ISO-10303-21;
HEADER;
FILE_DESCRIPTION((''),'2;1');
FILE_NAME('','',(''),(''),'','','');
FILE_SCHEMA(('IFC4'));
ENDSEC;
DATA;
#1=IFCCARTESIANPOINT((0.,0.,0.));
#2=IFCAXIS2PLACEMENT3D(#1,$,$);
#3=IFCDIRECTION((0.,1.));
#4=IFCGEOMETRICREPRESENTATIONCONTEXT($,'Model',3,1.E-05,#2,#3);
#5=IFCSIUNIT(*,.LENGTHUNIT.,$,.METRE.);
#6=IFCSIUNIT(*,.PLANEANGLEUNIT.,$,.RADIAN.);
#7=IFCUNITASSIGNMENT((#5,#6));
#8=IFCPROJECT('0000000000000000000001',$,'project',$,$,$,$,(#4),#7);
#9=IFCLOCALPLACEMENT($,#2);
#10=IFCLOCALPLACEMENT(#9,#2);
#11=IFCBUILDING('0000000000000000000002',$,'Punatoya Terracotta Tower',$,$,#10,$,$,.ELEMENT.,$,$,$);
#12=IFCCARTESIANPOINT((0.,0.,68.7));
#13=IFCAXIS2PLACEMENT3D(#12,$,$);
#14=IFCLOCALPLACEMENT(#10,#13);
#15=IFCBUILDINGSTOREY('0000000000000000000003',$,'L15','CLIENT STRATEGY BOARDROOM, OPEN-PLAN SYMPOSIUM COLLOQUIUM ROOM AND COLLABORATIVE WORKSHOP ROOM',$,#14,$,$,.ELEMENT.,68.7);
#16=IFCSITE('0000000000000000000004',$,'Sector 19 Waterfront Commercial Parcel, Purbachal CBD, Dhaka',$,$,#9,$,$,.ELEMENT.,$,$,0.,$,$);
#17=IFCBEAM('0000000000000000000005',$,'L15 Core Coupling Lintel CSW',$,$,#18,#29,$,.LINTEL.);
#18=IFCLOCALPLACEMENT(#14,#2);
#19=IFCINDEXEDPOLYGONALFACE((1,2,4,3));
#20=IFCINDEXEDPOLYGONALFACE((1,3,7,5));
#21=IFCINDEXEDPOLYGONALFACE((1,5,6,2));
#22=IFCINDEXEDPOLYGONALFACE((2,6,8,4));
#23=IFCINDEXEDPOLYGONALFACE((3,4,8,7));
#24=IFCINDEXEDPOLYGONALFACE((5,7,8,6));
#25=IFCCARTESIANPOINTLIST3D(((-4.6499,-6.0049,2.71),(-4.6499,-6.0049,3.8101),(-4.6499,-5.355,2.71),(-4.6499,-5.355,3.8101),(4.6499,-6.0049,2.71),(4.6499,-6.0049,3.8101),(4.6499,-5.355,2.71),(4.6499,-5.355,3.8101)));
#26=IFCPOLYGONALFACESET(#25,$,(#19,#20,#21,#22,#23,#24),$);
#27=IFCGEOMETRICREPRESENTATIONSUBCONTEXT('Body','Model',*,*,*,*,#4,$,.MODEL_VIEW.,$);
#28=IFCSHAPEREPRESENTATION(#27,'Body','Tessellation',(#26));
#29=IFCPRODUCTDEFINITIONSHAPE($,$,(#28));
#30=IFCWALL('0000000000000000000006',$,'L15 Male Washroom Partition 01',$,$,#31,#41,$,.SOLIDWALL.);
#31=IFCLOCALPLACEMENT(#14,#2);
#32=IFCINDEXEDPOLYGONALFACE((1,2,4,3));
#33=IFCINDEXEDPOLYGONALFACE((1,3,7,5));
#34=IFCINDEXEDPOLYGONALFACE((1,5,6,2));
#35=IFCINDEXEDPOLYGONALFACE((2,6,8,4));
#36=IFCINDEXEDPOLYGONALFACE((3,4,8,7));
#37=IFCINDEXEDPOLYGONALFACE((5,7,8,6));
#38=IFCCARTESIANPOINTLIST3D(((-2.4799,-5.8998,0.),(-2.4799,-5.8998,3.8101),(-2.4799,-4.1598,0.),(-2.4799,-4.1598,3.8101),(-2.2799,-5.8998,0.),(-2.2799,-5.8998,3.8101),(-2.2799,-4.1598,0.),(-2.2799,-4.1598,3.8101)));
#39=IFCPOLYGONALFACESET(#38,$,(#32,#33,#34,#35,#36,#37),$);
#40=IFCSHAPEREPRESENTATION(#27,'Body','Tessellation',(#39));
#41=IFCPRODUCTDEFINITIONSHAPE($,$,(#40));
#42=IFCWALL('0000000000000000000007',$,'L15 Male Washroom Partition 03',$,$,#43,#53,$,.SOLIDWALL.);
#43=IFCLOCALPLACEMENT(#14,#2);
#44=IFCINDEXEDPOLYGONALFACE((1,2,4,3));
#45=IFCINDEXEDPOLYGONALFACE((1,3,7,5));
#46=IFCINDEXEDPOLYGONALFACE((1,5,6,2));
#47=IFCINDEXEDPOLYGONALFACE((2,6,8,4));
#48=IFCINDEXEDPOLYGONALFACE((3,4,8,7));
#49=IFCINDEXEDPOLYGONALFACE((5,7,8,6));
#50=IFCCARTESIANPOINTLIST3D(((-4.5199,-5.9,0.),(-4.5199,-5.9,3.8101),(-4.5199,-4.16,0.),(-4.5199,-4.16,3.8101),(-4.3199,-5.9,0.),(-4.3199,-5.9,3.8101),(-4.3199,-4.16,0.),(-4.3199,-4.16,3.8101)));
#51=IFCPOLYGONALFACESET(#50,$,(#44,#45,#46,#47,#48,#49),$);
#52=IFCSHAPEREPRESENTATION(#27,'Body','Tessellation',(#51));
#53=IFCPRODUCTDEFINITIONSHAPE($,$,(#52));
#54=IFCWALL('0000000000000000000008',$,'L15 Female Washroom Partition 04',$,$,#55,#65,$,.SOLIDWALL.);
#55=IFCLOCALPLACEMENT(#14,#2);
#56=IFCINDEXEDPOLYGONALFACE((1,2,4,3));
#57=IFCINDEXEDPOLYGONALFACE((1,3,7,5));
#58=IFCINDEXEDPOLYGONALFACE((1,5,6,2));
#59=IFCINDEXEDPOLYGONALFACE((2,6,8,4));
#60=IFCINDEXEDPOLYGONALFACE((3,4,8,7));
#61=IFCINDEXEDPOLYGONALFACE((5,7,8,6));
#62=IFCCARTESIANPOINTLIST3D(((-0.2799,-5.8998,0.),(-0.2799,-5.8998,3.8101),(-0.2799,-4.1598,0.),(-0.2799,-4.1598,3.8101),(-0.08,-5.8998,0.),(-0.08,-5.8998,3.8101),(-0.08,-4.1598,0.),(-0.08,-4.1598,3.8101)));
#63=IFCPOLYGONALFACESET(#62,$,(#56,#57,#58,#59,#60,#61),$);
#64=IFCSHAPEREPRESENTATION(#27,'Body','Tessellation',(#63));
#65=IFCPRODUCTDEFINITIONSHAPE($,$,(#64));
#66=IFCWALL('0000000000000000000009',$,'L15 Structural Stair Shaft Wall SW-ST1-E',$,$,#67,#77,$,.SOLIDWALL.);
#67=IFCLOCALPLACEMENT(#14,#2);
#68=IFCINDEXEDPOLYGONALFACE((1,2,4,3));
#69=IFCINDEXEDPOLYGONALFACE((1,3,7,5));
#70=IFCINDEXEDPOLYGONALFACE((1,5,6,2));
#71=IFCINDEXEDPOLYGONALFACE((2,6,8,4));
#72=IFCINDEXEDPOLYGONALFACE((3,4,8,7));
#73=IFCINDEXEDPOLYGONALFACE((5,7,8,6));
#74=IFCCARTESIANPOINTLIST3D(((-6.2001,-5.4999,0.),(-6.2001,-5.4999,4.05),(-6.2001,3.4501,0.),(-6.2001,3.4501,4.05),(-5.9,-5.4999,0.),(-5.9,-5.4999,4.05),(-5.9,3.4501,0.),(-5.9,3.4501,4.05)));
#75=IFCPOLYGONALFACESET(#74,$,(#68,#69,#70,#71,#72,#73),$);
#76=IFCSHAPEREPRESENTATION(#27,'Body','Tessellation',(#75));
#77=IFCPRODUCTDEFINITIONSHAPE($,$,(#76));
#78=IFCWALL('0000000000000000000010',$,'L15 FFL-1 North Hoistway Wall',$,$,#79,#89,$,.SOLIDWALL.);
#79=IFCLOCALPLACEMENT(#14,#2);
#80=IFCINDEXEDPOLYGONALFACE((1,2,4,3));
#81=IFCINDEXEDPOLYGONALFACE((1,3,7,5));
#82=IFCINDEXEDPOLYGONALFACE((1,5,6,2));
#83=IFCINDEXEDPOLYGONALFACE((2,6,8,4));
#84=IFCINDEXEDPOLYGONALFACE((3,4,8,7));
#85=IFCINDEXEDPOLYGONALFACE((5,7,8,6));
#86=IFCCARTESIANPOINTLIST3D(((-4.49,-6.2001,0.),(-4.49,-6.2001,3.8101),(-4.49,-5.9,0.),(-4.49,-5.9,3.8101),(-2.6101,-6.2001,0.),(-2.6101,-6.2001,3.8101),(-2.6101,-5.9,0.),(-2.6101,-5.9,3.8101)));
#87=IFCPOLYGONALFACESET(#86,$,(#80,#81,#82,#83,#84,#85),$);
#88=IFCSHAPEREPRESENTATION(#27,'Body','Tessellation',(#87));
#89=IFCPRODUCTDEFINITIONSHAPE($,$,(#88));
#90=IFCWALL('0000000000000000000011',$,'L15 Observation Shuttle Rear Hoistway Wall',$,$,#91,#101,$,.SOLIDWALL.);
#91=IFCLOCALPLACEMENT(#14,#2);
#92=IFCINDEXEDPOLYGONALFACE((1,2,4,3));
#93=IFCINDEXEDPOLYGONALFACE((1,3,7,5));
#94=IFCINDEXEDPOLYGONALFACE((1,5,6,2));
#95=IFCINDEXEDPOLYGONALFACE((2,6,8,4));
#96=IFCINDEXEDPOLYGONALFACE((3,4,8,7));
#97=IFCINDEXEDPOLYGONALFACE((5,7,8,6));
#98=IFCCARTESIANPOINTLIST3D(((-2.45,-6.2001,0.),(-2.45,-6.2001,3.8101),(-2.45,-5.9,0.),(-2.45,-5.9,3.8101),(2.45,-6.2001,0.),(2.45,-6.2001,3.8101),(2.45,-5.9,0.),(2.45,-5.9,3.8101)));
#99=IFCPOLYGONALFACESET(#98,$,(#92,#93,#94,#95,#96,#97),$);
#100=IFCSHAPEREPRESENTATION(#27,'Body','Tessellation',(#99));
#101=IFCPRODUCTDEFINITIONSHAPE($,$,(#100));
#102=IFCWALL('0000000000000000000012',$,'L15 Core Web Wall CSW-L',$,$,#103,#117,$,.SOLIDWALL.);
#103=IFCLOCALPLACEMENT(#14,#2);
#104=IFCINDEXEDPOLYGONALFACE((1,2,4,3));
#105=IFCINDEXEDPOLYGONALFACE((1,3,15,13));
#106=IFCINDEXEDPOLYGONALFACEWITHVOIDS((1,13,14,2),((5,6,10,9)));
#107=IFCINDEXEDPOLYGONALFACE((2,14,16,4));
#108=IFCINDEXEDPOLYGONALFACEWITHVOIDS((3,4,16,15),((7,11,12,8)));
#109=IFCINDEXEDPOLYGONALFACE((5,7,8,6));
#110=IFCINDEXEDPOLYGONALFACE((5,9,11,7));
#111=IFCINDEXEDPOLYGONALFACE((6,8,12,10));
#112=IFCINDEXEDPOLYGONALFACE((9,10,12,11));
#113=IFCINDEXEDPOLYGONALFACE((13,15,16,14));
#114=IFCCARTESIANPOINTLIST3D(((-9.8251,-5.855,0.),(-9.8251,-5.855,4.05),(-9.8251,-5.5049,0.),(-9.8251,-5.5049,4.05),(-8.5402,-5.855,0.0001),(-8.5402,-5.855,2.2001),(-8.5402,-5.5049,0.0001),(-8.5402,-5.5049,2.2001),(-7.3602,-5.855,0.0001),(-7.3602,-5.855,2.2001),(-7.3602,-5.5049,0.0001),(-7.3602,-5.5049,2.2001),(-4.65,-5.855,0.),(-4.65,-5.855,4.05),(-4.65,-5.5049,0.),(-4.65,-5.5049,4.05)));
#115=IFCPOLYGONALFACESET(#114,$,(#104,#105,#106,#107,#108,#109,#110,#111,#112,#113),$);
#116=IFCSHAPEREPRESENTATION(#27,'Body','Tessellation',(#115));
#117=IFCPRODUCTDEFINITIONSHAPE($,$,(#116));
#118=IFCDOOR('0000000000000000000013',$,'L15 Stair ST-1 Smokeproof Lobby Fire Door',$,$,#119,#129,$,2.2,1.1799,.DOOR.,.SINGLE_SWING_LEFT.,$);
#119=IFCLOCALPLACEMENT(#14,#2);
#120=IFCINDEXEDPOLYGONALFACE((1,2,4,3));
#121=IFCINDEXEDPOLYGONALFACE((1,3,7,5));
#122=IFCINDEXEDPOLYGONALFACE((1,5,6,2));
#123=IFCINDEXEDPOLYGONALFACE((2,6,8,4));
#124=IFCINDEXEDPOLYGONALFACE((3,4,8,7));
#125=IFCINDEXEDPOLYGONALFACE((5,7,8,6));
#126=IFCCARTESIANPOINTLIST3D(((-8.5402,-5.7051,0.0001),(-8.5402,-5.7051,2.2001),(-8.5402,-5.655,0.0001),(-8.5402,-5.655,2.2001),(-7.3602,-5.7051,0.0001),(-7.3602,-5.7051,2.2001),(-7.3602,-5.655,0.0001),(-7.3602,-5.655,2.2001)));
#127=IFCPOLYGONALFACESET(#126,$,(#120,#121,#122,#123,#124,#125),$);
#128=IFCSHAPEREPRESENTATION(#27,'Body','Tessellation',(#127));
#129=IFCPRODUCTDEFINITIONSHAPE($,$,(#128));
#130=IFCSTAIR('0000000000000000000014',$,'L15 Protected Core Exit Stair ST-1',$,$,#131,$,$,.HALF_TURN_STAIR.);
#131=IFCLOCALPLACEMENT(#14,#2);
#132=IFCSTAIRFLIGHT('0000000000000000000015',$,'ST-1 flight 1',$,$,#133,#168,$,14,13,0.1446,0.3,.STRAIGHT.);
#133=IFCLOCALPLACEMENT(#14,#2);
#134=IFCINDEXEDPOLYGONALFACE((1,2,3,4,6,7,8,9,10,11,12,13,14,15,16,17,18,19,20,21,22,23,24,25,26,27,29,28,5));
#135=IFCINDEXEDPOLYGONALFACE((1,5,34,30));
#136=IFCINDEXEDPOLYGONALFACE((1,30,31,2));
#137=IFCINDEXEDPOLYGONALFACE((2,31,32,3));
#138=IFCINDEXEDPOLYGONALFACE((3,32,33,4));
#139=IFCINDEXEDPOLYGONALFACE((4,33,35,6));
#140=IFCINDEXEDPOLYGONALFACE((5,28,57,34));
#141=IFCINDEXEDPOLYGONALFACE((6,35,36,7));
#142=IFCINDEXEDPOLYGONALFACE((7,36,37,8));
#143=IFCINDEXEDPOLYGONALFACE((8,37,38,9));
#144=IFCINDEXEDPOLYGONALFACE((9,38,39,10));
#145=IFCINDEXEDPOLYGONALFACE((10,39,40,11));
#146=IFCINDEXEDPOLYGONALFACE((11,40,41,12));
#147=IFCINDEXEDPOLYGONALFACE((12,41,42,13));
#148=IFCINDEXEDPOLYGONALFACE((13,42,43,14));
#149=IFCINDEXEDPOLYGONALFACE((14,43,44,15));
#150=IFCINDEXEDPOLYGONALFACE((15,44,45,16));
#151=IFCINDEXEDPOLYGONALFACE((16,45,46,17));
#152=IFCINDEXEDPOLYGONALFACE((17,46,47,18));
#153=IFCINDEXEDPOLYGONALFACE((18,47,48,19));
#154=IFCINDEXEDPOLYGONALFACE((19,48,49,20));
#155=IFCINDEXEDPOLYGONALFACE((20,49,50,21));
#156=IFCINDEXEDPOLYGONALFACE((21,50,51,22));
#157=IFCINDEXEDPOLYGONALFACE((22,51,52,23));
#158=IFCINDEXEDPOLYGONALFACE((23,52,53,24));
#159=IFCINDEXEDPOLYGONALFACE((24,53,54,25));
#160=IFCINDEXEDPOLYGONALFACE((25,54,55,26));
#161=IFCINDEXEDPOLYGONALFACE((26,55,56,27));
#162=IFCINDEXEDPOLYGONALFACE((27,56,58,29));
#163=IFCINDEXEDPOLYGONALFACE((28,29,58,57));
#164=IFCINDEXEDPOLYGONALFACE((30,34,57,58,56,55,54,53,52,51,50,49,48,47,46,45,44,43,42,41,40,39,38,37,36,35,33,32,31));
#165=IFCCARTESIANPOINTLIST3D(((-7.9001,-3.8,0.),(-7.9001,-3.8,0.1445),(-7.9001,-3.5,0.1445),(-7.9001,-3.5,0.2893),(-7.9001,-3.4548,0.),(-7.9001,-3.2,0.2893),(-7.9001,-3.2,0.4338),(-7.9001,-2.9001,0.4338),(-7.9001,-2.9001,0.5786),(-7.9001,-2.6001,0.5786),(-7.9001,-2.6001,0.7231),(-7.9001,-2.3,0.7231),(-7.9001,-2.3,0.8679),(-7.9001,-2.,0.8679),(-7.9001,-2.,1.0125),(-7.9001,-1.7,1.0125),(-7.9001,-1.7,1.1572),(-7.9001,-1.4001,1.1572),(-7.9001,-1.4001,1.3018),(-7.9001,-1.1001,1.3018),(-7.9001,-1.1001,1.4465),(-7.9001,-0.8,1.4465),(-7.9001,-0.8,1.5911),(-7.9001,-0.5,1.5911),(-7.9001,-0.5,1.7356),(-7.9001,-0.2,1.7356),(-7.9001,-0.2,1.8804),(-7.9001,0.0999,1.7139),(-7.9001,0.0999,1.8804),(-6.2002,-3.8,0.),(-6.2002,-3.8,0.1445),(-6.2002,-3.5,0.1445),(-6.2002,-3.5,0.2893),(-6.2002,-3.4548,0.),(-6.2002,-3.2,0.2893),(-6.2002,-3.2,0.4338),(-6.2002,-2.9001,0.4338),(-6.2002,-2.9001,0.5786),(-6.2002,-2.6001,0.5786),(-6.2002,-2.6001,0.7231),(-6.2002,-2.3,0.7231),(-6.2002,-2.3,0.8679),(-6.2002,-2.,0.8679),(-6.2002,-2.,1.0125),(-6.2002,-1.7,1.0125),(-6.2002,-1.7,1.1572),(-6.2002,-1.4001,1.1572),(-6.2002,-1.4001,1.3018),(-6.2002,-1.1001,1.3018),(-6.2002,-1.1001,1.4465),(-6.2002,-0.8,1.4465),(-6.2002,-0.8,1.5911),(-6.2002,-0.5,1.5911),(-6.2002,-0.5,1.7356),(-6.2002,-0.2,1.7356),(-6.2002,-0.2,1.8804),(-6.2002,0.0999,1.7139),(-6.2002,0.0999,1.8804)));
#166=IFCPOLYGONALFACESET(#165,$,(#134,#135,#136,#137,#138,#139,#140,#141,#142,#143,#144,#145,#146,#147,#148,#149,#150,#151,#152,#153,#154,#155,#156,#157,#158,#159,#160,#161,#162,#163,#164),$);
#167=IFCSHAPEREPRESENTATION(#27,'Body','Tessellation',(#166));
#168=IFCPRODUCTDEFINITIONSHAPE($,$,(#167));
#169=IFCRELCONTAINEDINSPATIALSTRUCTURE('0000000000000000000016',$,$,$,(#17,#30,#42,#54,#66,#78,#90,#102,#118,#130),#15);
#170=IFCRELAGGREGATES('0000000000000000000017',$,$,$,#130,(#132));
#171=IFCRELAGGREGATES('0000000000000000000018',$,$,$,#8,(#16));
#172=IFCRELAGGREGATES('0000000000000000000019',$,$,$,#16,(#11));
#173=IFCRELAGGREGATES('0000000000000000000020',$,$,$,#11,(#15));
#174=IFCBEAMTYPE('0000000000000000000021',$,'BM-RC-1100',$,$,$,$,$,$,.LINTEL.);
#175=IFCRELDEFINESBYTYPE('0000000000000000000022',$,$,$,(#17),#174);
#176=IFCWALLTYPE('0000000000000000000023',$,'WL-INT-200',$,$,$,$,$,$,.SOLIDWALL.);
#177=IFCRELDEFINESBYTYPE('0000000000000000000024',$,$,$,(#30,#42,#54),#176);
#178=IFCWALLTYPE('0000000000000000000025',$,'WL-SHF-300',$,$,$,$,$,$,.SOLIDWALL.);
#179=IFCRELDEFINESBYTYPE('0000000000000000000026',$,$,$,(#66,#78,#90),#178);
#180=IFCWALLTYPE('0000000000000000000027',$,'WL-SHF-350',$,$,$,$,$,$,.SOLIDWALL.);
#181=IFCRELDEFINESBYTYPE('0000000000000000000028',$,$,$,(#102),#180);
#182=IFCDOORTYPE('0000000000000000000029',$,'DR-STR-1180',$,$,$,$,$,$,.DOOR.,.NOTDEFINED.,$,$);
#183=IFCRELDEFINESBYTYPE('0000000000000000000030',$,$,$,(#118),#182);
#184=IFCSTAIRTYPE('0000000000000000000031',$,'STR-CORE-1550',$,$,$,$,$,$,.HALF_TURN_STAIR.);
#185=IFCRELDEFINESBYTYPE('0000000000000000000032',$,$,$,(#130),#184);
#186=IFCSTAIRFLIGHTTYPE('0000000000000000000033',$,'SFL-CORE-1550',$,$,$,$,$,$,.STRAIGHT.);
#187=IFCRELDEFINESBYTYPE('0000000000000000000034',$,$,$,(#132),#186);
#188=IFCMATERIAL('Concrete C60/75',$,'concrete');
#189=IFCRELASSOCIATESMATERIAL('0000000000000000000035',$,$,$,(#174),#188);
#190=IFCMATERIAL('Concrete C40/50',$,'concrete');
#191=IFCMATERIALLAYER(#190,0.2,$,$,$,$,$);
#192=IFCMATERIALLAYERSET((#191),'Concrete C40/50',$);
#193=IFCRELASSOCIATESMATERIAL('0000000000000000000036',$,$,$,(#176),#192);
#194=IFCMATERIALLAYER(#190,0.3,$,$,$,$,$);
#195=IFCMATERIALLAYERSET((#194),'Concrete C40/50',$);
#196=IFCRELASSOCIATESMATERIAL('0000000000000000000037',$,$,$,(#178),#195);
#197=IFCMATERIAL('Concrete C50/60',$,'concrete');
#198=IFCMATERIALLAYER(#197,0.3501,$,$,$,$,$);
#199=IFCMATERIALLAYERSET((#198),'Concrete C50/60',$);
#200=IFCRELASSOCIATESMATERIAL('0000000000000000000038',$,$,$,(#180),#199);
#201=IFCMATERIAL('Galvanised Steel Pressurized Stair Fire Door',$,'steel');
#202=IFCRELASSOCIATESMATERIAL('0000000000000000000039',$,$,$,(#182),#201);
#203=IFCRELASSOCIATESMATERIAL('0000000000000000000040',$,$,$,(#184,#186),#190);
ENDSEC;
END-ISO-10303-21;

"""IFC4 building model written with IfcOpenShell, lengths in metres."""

from ifc_helpers import new_model, si_unit, direction, frame, frame_2d, origin, origin_2d, place, context, subcontext, project, spatial, polyline, rectangle, outline, extrude, material, layer, layer_set, material_profile, profile_set, type_object, element, fill, aggregate, save


model = new_model("IFC4")

# Units and contexts
model_context = context("Model", 3, precision=1e-05, world=origin(), true_north=direction((0.0, 1.0)))
body_context = subcontext(model_context, "Body", "Model", "MODEL_VIEW")
ifc_project = project(units=[si_unit("LENGTHUNIT", "METRE"), si_unit("PLANEANGLEUNIT", "RADIAN")], contexts=[model_context])

# Site, building, storey
site_placement = place(None, origin())
site = spatial("IfcSite", under=ifc_project, at=site_placement, Name="Sector 19 Waterfront Commercial Parcel, Purbachal CBD, Dhaka", CompositionType="ELEMENT", RefElevation=0.0)
building_placement = place(site_placement, origin())
building = spatial("IfcBuilding", under=site, at=building_placement, Name="Punatoya Terracotta Tower", CompositionType="ELEMENT")
storey_placement = place(building_placement, frame((0.0, 0.0, 68.7)))
storey = spatial("IfcBuildingStorey", under=building, at=storey_placement, Name="L15", Description="CLIENT STRATEGY BOARDROOM, OPEN-PLAN SYMPOSIUM COLLOQUIUM ROOM AND COLLABORATIVE WORKSHOP ROOM", CompositionType="ELEMENT", Elevation=68.7)

# Beam
ifc_material_1 = material(Name="Concrete C60/75", Category="concrete")
ifc_material_profile = material_profile(ifc_material_1, rectangle(XDim=0.6499, YDim=1.1001, at=origin_2d()))
ifc_profile_set = profile_set([ifc_material_profile], Name="Concrete C60/75")
beam_type = type_object("IfcBeamType", Name="BM-RC-1100", PredefinedType="LINTEL", material=ifc_profile_set)
beam_placement = place(storey_placement, frame((-4.6499, -5.6799, 3.26), z_axis=(1.0, 0.0, 0.0), x_axis=(0.0, 1.0, 0.0)))
element("IfcBeam", 1, at=beam_placement, inside=storey, type_object=beam_type, Name="L15 Core Coupling Lintel CSW", PredefinedType="LINTEL", context=body_context, shape_type="SweptSolid", body=[
    extrude(rectangle(XDim=0.6499, YDim=1.1001, at=origin_2d()), origin(), (0.0, 0.0, 1.0), 9.2998),
])

# Wall
ifc_material_2 = material(Name="Concrete C40/50", Category="concrete")
ifc_layer_1 = layer(ifc_material_2, 0.2)
ifc_layer_set_1 = layer_set([ifc_layer_1], Name="Concrete C40/50")
wall_type_1 = type_object("IfcWallType", Name="WL-INT-200", PredefinedType="SOLIDWALL", material=ifc_layer_set_1)
wall_1_placement = place(storey_placement, frame((-2.3799, -5.8999, 0.0), z_axis=(0.0, 0.0, 1.0), x_axis=(0.0, 1.0, 0.0)))
element("IfcWall", 2, at=wall_1_placement, inside=storey, type_object=wall_type_1, Name="L15 Male Washroom Partition 01", PredefinedType="SOLIDWALL", context=body_context, shape_type="SweptSolid", body=[
    extrude(rectangle(XDim=1.74, YDim=0.2, at=frame_2d((0.8701, 0.0))), origin(), (0.0, 0.0, 1.0), 3.8101),
])

# Walls
for number, where, z_axis, x_axis, name in (
    (3, (-4.4199, -4.1599, 0.0), (0.0, 0.0, 1.0), (0.0, -1.0, 0.0), "L15 Male Washroom Partition 03"),
    (4, (-0.1799, -5.8999, 0.0), (0.0, 0.0, 1.0), (0.0, 1.0, 0.0), "L15 Female Washroom Partition 04"),
):
    element("IfcWall", number, at=place(storey_placement, frame(where, z_axis=z_axis, x_axis=x_axis)), inside=storey, type_object=wall_type_1, Name=name, PredefinedType="SOLIDWALL", context=body_context, shape_type="SweptSolid", body=[
        extrude(rectangle(XDim=1.74, YDim=0.2, at=frame_2d((0.8701, 0.0))), origin(), (0.0, 0.0, 1.0), 3.8101),
    ])

# Walls
ifc_layer_2 = layer(ifc_material_2, 0.3)
ifc_layer_set_2 = layer_set([ifc_layer_2], Name="Concrete C40/50")
wall_type_2 = type_object("IfcWallType", Name="WL-SHF-300", PredefinedType="SOLIDWALL", material=ifc_layer_set_2)
wall_2_placement = place(storey_placement, frame((-6.05, -5.5, 0.0), z_axis=(0.0, 0.0, 1.0), x_axis=(0.0, 1.0, 0.0)))
element("IfcWall", 5, at=wall_2_placement, inside=storey, type_object=wall_type_2, Name="L15 Structural Stair Shaft Wall SW-ST1-E", PredefinedType="SOLIDWALL", context=body_context, shape_type="SweptSolid", body=[
    extrude(rectangle(XDim=8.95, YDim=0.3, at=frame_2d((4.4751, 0.0))), origin(), (0.0, 0.0, 1.0), 4.05),
])
wall_3_placement = place(storey_placement, frame((-4.49, -6.05, 0.0), z_axis=(0.0, 0.0, 1.0), x_axis=(1.0, 0.0, 0.0)))
element("IfcWall", 6, at=wall_3_placement, inside=storey, type_object=wall_type_2, Name="L15 FFL-1 North Hoistway Wall", PredefinedType="SOLIDWALL", context=body_context, shape_type="SweptSolid", body=[
    extrude(rectangle(XDim=1.8799, YDim=0.3, at=frame_2d((0.9399, 0.0))), origin(), (0.0, 0.0, 1.0), 3.8101),
])
wall_4_placement = place(storey_placement, frame((-2.45, -6.05, 0.0), z_axis=(0.0, 0.0, 1.0), x_axis=(1.0, 0.0, 0.0)))
element("IfcWall", 7, at=wall_4_placement, inside=storey, type_object=wall_type_2, Name="L15 Observation Shuttle Rear Hoistway Wall", PredefinedType="SOLIDWALL", context=body_context, shape_type="SweptSolid", body=[
    extrude(rectangle(XDim=4.8999, YDim=0.3, at=frame_2d((2.45, 0.0))), origin(), (0.0, 0.0, 1.0), 3.8101),
])

# Wall, opening, door
ifc_material_3 = material(Name="Concrete C50/60", Category="concrete")
ifc_layer_3 = layer(ifc_material_3, 0.3501)
ifc_layer_set_3 = layer_set([ifc_layer_3], Name="Concrete C50/60")
wall_type_3 = type_object("IfcWallType", Name="WL-SHF-350", PredefinedType="SOLIDWALL", material=ifc_layer_set_3)
wall_5_placement = place(storey_placement, frame((-9.825, -5.6799, 0.0), z_axis=(0.0, 0.0, 1.0), x_axis=(1.0, 0.0, 0.0)))
wall_5 = element("IfcWall", 8, at=wall_5_placement, inside=storey, type_object=wall_type_3, Name="L15 Core Web Wall CSW-L", PredefinedType="SOLIDWALL", context=body_context, shape_type="SweptSolid", body=[
    extrude(rectangle(XDim=5.175, YDim=0.3501, at=frame_2d((2.5874, 0.0))), origin(), (0.0, 0.0, 1.0), 4.05),
])
opening_1_placement = place(wall_5_placement, frame((1.2849, 0.0, 0.0)))
opening_1 = element("IfcOpeningElement", 9, at=opening_1_placement, cuts=wall_5, PredefinedType="OPENING", context=body_context, shape_type="SweptSolid", body=[
    extrude(rectangle(XDim=1.1799, YDim=2.2, at=frame_2d((0.5898, 1.1001))), frame((0.0, 0.1851, 0.0), z_axis=(0.0, -1.0, 0.0), x_axis=(1.0, 0.0, 0.0)), (0.0, 0.0, 1.0), 0.3701),
])
ifc_material_4 = material(Name="Galvanised Steel Pressurized Stair Fire Door", Category="steel")
door_type_1 = type_object("IfcDoorType", Name="DR-STR-1180", OperationType="NOTDEFINED", PredefinedType="DOOR", material=ifc_material_4)
door_1_placement = place(opening_1_placement, origin())
door_1 = element("IfcDoor", 10, at=door_1_placement, inside=storey, type_object=door_type_1, Name="L15 Stair ST-1 Smokeproof Lobby Fire Door", OperationType="SINGLE_SWING_LEFT", OverallHeight=2.2, OverallWidth=1.1799, PredefinedType="DOOR", context=body_context, shape_type="SweptSolid", body=[
    extrude(rectangle(XDim=1.1799, YDim=2.2, at=frame_2d((0.5898, 1.1001))), frame((0.0, 0.0249, 0.0), z_axis=(0.0, -1.0, 0.0), x_axis=(1.0, 0.0, 0.0)), (0.0, 0.0, 1.0), 0.05),
])
fill(opening_1, door_1)

# Stair, stair flight
stair_type = type_object("IfcStairType", Name="STR-CORE-1550", PredefinedType="HALF_TURN_STAIR", material=ifc_material_2)
stair_placement = place(storey_placement, origin())
stair = element("IfcStair", 11, at=stair_placement, inside=storey, type_object=stair_type, Name="L15 Protected Core Exit Stair ST-1", PredefinedType="HALF_TURN_STAIR")
stair_flight_type = type_object("IfcStairFlightType", Name="SFL-CORE-1550", PredefinedType="STRAIGHT", material=ifc_material_2)
stair_flight_placement = place(storey_placement, frame((-7.05, -3.8, 0.0), z_axis=(0.0, 0.0, 1.0), x_axis=(0.0, 1.0, 0.0)))
stair_flight = element("IfcStairFlight", 12, at=stair_flight_placement, type_object=stair_flight_type, Name="ST-1 flight 1", NumberOfRisers=14, NumberOfTreads=13, PredefinedType="STRAIGHT", RiserHeight=0.1446, TreadLength=0.3, context=body_context, shape_type="SweptSolid", body=[
    extrude(outline(polyline([(0.0, 0.0), (0.0, 0.1445), (0.3, 0.1445), (0.3, 0.2893), (0.6001, 0.2893), (0.6001, 0.4338), (0.8999, 0.4338), (0.8999, 0.5786), (1.2, 0.5786), (1.2, 0.7231), (1.5, 0.7231), (1.5, 0.8679), (1.8, 0.8679), (1.8, 1.0125), (2.1001, 1.0125), (2.1001, 1.1572), (2.3999, 1.1572), (2.3999, 1.3018), (2.7, 1.3018), (2.7, 1.4465), (3.0, 1.4465), (3.0, 1.5911), (3.3, 1.5911), (3.3, 1.7356), (3.6001, 1.7356), (3.6001, 1.8804), (3.8999, 1.8804), (3.8999, 2.0249), (3.8999, 1.7139), (0.3452, 0.0), (0.0, 0.0)])), frame((0.0, 0.8501, 0.0), z_axis=(0.0, -1.0, 0.0), x_axis=(1.0, 0.0, 0.0)), (0.0, 0.0, 1.0), 1.7),
])
aggregate(stair, [stair_flight])

save(model, "model.ifc")
